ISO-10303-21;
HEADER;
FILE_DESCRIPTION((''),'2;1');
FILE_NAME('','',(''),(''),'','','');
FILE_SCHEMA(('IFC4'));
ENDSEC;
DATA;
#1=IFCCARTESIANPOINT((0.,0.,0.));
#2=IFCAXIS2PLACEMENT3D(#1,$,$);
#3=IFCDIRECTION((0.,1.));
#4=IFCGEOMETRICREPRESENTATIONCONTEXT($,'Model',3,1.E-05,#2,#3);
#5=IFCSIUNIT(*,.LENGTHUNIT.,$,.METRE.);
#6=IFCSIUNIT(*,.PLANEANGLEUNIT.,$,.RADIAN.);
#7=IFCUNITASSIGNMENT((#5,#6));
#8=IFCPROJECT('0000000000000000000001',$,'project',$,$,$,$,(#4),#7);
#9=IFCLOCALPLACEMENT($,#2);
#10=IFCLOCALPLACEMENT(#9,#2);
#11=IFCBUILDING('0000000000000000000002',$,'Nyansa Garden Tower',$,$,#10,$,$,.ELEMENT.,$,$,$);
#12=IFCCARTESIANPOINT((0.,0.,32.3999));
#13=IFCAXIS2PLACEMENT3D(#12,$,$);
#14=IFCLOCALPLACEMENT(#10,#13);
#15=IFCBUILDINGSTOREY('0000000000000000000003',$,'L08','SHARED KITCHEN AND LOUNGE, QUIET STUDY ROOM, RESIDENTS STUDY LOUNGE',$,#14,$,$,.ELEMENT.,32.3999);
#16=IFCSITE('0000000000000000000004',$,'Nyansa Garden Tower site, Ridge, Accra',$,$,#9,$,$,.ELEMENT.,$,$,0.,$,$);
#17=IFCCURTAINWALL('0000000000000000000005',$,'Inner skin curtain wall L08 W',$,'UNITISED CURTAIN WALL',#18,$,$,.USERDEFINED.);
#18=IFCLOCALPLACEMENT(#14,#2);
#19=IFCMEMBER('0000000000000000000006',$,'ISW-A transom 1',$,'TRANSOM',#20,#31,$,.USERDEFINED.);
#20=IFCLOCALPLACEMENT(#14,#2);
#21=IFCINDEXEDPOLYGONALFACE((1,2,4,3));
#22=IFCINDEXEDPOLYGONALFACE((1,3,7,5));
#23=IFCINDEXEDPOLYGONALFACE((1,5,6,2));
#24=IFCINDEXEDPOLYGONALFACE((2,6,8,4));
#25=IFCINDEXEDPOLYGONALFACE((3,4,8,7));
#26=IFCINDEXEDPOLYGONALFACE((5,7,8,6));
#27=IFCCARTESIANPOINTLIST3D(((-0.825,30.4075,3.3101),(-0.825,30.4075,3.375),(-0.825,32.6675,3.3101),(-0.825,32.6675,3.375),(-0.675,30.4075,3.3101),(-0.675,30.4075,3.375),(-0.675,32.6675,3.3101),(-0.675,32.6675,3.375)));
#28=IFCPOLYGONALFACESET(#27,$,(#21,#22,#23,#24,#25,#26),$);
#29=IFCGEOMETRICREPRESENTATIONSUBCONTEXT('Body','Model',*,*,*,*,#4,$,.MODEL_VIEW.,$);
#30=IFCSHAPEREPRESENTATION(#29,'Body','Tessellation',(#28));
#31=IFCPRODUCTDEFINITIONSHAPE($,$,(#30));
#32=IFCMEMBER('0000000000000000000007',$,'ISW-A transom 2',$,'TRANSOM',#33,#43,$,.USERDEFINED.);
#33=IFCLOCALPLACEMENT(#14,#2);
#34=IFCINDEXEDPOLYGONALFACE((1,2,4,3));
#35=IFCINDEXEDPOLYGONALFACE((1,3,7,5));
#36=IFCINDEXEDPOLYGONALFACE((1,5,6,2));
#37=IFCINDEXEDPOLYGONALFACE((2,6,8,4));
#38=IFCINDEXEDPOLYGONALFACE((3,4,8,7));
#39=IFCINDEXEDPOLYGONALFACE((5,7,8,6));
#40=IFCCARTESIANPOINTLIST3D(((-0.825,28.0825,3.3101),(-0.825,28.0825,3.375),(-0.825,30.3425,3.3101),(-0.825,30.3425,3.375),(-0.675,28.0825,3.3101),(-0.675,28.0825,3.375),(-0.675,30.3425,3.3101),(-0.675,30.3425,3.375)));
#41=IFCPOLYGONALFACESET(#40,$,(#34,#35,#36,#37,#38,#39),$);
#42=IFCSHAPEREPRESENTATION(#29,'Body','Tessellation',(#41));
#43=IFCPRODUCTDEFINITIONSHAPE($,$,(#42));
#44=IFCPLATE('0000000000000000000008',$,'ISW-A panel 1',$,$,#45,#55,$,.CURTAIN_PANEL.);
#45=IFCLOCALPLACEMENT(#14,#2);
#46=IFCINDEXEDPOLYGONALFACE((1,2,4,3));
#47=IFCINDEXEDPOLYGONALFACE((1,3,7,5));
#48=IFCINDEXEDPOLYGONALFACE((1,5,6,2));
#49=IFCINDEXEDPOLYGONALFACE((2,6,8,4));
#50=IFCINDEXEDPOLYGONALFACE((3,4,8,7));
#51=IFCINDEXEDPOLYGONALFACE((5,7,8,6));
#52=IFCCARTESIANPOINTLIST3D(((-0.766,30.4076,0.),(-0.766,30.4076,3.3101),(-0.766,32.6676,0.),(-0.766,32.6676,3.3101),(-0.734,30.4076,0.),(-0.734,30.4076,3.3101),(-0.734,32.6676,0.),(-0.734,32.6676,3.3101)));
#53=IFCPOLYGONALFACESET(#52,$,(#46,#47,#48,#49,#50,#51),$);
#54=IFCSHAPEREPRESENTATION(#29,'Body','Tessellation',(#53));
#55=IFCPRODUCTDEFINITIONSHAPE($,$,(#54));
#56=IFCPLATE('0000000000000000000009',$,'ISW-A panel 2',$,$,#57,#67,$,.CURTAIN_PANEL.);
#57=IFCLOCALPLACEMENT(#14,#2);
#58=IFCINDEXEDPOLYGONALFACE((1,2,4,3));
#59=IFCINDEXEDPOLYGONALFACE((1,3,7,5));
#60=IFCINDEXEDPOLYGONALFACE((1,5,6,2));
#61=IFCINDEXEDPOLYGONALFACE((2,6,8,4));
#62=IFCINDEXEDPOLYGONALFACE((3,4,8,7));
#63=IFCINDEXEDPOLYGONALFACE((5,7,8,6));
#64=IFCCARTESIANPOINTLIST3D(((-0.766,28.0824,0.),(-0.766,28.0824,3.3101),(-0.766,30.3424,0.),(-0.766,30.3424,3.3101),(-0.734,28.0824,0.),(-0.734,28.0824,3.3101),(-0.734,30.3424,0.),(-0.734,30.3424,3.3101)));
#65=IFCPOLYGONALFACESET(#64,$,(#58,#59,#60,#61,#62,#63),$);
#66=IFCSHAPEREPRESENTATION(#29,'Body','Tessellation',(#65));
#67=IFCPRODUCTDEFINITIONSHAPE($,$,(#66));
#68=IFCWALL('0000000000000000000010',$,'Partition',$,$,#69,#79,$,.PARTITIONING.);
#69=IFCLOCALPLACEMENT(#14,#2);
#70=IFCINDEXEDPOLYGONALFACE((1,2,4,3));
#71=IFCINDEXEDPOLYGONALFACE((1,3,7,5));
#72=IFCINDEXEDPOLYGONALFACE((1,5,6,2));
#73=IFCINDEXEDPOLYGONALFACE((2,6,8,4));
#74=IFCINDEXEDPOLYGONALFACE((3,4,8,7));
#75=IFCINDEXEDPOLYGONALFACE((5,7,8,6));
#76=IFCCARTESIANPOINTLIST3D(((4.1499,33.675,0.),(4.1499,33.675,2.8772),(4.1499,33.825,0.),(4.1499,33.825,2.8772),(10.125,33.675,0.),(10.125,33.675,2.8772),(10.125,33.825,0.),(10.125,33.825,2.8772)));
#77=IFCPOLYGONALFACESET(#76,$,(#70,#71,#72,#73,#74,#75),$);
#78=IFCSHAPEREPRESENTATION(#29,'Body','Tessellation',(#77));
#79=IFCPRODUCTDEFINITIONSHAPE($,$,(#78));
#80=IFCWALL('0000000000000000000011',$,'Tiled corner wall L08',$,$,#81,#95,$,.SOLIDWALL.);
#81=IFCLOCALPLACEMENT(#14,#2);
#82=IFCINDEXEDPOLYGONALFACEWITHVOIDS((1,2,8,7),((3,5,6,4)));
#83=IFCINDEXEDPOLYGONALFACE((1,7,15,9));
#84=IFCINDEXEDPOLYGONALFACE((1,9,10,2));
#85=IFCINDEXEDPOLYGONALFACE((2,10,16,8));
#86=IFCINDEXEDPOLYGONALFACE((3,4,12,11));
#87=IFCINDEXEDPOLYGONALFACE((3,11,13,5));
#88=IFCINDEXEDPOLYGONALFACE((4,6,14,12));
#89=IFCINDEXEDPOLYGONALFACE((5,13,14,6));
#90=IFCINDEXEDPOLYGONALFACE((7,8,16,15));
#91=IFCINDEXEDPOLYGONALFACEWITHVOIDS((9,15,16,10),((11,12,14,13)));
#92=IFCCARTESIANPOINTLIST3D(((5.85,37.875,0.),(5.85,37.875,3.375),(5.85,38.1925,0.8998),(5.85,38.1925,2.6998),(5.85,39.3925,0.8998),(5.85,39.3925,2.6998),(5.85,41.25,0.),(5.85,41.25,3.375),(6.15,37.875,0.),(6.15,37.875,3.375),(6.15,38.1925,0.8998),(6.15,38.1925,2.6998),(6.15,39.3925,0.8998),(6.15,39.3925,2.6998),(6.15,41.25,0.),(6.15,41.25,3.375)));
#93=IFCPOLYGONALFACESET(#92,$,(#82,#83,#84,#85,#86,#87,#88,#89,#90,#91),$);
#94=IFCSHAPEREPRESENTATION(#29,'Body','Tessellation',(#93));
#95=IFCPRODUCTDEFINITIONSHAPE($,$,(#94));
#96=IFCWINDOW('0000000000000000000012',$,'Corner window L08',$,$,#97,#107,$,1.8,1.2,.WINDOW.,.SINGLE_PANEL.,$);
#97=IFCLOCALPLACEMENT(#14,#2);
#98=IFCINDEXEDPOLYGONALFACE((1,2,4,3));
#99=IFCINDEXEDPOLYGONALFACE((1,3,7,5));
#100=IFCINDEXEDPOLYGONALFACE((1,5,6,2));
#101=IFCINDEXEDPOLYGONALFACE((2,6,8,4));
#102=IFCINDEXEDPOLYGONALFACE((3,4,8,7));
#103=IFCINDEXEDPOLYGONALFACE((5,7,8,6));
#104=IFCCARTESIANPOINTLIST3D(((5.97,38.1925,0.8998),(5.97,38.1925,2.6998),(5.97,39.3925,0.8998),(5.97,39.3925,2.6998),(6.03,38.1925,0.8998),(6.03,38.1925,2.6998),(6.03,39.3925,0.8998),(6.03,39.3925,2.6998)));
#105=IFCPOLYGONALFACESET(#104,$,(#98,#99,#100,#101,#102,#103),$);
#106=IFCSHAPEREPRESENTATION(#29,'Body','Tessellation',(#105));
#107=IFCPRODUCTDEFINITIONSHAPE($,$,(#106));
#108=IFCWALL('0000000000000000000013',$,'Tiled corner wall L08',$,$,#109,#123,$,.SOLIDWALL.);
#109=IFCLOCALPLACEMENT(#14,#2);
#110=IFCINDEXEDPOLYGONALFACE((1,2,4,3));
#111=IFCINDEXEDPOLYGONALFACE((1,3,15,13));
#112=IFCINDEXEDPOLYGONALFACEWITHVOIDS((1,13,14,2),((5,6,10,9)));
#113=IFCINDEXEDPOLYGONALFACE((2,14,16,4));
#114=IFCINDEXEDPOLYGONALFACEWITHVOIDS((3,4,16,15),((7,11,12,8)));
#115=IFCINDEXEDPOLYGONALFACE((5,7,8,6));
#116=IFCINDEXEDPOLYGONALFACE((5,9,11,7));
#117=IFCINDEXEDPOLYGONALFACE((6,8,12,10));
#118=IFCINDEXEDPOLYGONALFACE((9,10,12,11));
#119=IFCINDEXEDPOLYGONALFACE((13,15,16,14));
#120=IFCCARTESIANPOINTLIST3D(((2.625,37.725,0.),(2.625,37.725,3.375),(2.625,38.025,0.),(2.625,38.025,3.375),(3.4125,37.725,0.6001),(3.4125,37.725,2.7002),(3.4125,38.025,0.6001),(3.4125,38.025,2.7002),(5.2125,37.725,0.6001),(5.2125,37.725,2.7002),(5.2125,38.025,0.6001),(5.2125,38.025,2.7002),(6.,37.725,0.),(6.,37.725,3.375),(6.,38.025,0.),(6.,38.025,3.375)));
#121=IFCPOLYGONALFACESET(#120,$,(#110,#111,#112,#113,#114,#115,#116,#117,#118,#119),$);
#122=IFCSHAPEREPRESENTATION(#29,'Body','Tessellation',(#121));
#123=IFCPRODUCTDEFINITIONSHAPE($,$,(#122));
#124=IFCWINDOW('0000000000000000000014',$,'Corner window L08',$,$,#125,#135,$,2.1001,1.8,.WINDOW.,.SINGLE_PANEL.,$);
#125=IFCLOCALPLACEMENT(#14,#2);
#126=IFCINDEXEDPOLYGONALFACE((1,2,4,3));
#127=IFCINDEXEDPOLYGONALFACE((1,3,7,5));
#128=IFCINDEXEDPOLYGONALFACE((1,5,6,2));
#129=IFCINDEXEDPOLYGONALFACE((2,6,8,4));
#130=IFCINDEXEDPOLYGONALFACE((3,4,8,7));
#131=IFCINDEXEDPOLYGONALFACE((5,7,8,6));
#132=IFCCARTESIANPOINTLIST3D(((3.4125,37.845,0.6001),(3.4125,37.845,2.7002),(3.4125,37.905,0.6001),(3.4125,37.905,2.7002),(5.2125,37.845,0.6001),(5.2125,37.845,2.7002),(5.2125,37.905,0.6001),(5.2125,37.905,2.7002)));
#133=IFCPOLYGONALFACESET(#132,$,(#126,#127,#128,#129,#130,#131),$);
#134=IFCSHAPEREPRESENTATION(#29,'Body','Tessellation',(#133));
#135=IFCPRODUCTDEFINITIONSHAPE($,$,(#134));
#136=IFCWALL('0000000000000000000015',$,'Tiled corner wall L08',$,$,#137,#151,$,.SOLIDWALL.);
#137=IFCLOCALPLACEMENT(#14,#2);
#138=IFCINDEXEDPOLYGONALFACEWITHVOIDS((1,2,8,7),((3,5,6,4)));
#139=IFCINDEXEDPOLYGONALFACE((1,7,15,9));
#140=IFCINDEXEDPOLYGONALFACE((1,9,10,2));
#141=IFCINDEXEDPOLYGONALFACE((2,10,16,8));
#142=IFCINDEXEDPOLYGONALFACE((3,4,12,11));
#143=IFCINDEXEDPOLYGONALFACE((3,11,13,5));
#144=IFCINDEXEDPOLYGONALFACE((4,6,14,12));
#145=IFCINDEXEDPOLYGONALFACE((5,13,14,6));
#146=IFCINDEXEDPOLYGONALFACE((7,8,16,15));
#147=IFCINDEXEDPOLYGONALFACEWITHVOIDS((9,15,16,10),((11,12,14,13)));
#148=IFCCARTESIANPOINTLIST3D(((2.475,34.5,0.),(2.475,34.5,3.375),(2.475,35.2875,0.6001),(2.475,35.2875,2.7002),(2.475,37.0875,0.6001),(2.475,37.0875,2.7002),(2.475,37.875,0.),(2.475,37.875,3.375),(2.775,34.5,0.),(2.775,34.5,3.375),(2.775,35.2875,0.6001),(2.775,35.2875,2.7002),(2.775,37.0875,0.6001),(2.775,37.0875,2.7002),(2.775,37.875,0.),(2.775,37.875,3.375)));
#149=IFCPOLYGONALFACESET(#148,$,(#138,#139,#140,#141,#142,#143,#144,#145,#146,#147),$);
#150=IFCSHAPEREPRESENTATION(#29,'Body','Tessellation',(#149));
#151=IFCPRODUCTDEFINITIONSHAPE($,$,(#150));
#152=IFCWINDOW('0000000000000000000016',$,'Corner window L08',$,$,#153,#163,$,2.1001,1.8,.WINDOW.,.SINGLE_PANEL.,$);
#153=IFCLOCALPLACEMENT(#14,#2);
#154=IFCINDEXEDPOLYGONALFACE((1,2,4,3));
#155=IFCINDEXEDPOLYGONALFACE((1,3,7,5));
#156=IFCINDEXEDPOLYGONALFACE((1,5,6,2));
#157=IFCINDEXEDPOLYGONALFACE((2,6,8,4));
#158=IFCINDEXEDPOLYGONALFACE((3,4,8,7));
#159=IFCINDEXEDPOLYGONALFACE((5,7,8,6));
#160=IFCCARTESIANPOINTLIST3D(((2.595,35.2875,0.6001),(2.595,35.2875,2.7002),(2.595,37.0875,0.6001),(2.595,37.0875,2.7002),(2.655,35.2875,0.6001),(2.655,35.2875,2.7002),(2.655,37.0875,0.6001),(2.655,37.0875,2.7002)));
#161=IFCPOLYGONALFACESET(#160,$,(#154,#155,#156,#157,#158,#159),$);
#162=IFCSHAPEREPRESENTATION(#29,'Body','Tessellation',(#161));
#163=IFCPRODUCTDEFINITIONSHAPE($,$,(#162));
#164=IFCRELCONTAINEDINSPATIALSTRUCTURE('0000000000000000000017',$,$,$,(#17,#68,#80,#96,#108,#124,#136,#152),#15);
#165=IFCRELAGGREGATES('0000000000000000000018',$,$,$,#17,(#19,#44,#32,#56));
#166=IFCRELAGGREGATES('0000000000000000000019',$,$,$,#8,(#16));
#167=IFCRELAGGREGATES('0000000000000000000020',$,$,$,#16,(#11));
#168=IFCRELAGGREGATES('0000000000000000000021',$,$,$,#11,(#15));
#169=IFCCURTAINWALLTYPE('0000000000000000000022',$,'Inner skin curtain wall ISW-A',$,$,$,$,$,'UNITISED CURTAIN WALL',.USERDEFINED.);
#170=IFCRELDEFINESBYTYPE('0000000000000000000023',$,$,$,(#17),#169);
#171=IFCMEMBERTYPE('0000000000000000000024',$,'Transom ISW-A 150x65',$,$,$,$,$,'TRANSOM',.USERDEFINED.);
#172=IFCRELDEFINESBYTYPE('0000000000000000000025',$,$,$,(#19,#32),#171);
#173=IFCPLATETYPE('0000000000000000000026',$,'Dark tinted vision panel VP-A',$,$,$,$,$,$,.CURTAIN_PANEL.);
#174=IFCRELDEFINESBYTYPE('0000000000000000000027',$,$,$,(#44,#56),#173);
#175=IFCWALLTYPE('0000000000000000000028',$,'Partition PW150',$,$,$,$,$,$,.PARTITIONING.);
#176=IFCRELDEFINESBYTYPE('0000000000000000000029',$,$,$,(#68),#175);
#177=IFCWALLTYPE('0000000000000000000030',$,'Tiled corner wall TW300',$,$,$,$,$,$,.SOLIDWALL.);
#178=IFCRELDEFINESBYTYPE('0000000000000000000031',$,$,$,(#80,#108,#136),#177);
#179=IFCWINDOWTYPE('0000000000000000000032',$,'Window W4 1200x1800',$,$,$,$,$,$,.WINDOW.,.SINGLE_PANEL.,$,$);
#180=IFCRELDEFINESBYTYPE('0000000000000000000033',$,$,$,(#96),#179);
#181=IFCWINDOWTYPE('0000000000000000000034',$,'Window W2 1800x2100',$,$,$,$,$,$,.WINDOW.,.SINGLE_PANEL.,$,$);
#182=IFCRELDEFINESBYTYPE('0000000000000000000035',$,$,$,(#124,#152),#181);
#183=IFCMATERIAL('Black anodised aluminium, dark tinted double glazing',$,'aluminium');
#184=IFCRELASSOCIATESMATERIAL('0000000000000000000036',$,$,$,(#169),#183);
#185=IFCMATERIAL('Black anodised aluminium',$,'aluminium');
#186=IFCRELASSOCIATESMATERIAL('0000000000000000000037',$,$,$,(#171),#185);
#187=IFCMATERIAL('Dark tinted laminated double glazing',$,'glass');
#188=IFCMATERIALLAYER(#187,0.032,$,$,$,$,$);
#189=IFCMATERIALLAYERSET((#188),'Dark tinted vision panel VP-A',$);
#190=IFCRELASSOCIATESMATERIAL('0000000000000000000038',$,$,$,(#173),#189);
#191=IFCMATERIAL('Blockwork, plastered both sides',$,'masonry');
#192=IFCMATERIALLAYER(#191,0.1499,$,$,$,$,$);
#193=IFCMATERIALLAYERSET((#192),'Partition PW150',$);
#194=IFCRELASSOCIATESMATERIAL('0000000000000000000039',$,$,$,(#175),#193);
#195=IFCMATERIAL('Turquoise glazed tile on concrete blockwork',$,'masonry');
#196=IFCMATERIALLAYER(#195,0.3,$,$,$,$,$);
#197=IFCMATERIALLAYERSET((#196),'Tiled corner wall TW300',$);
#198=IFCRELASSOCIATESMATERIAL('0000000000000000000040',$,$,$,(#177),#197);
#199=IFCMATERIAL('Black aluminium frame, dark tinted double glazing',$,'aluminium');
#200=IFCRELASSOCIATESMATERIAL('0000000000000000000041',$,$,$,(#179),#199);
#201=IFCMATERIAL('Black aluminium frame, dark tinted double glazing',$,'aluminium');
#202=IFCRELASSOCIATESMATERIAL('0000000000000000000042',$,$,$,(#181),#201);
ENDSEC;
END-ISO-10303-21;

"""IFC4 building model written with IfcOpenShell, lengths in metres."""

from ifc_helpers import new_model, si_unit, direction, frame, frame_2d, origin, origin_2d, place, context, subcontext, project, spatial, rectangle, extrude, material, layer, layer_set, material_profile, profile_set, type_object, element, fill, aggregate, save


model = new_model("IFC4")

# Units and contexts
model_context = context("Model", 3, precision=1e-05, world=origin(), true_north=direction((0.0, 1.0)))
body_context = subcontext(model_context, "Body", "Model", "MODEL_VIEW")
ifc_project = project(units=[si_unit("LENGTHUNIT", "METRE"), si_unit("PLANEANGLEUNIT", "RADIAN")], contexts=[model_context])

# Site, building, storey
site_placement = place(None, origin())
site = spatial("IfcSite", under=ifc_project, at=site_placement, Name="Nyansa Garden Tower site, Ridge, Accra", CompositionType="ELEMENT", RefElevation=0.0)
building_placement = place(site_placement, origin())
building = spatial("IfcBuilding", under=site, at=building_placement, Name="Nyansa Garden Tower", CompositionType="ELEMENT")
storey_placement = place(building_placement, frame((0.0, 0.0, 32.3999)))
storey = spatial("IfcBuildingStorey", under=building, at=storey_placement, Name="L08", Description="SHARED KITCHEN AND LOUNGE, QUIET STUDY ROOM, RESIDENTS STUDY LOUNGE", CompositionType="ELEMENT", Elevation=32.3999)

# Curtain wall
ifc_material_1 = material(Name="Black anodised aluminium, dark tinted double glazing", Category="aluminium")
curtain_wall_type = type_object("IfcCurtainWallType", Name="Inner skin curtain wall ISW-A", ElementType="UNITISED CURTAIN WALL", PredefinedType="USERDEFINED", material=ifc_material_1)
curtain_wall_placement = place(storey_placement, origin())
curtain_wall = element("IfcCurtainWall", 1, at=curtain_wall_placement, inside=storey, type_object=curtain_wall_type, Name="Inner skin curtain wall L08 W", ObjectType="UNITISED CURTAIN WALL", PredefinedType="USERDEFINED")

# Members
ifc_material_2 = material(Name="Black anodised aluminium", Category="aluminium")
ifc_material_profile_1 = material_profile(ifc_material_2, rectangle(XDim=0.1499, YDim=0.0649, at=origin_2d()), Name="Transom 150x65")
ifc_profile_set_1 = profile_set([ifc_material_profile_1], Name="Black anodised aluminium")
member_type_1 = type_object("IfcMemberType", Name="Transom ISW-A 150x65", ElementType="TRANSOM", PredefinedType="USERDEFINED", material=ifc_profile_set_1)
member_1_placement = place(storey_placement, frame((-0.75, 32.6675, 3.3425), z_axis=(0.0, -1.0, 0.0), x_axis=(1.0, 0.0, 0.0)))
member_1 = element("IfcMember", 2, at=member_1_placement, type_object=member_type_1, Name="ISW-A transom 1", ObjectType="TRANSOM", PredefinedType="USERDEFINED", context=body_context, shape_type="SweptSolid", body=[
    extrude(rectangle(XDim=0.1499, YDim=0.0649, at=origin_2d()), origin(), (0.0, 0.0, 1.0), 2.26),
])
member_2_placement = place(storey_placement, frame((-0.75, 30.3425, 3.3425), z_axis=(0.0, -1.0, 0.0), x_axis=(1.0, 0.0, 0.0)))
member_2 = element("IfcMember", 3, at=member_2_placement, type_object=member_type_1, Name="ISW-A transom 2", ObjectType="TRANSOM", PredefinedType="USERDEFINED", context=body_context, shape_type="SweptSolid", body=[
    extrude(rectangle(XDim=0.1499, YDim=0.0649, at=origin_2d()), origin(), (0.0, 0.0, 1.0), 2.26),
])

# Plates
ifc_material_3 = material(Name="Dark tinted laminated double glazing", Category="glass")
ifc_layer_1 = layer(ifc_material_3, 0.032)
ifc_layer_set_1 = layer_set([ifc_layer_1], Name="Dark tinted vision panel VP-A")
plate_type = type_object("IfcPlateType", Name="Dark tinted vision panel VP-A", PredefinedType="CURTAIN_PANEL", material=ifc_layer_set_1)
plate_1_placement = place(storey_placement, frame((-0.75, 31.5376, 0.0), z_axis=(0.0, 0.0, 1.0), x_axis=(0.0, -1.0, 0.0)))
plate_1 = element("IfcPlate", 4, at=plate_1_placement, type_object=plate_type, Name="ISW-A panel 1", PredefinedType="CURTAIN_PANEL", context=body_context, shape_type="SweptSolid", body=[
    extrude(rectangle(XDim=2.26, YDim=0.032, at=origin_2d()), origin(), (0.0, 0.0, 1.0), 3.3101),
])
plate_2_placement = place(storey_placement, frame((-0.75, 29.2124, 0.0), z_axis=(0.0, 0.0, 1.0), x_axis=(0.0, -1.0, 0.0)))
plate_2 = element("IfcPlate", 5, at=plate_2_placement, type_object=plate_type, Name="ISW-A panel 2", PredefinedType="CURTAIN_PANEL", context=body_context, shape_type="SweptSolid", body=[
    extrude(rectangle(XDim=2.26, YDim=0.032, at=origin_2d()), origin(), (0.0, 0.0, 1.0), 3.3101),
])
aggregate(curtain_wall, [member_1, plate_1, member_2, plate_2])

# Wall
ifc_material_4 = material(Name="Blockwork, plastered both sides", Category="masonry")
ifc_layer_2 = layer(ifc_material_4, 0.1499)
ifc_layer_set_2 = layer_set([ifc_layer_2], Name="Partition PW150")
wall_type_1 = type_object("IfcWallType", Name="Partition PW150", PredefinedType="PARTITIONING", material=ifc_layer_set_2)
wall_1_placement = place(storey_placement, frame((4.1499, 33.75, 0.0), z_axis=(0.0, 0.0, 1.0), x_axis=(1.0, 0.0, 0.0)))
element("IfcWall", 6, at=wall_1_placement, inside=storey, type_object=wall_type_1, Name="Partition", PredefinedType="PARTITIONING", context=body_context, shape_type="SweptSolid", body=[
    extrude(rectangle(XDim=5.9751, YDim=0.1499, at=frame_2d((2.9875, 0.0))), origin(), (0.0, 0.0, 1.0), 2.8772),
])

# Walls, openings, windows
ifc_material_5 = material(Name="Turquoise glazed tile on concrete blockwork", Category="masonry")
ifc_layer_3 = layer(ifc_material_5, 0.3)
ifc_layer_set_3 = layer_set([ifc_layer_3], Name="Tiled corner wall TW300")
wall_type_2 = type_object("IfcWallType", Name="Tiled corner wall TW300", PredefinedType="SOLIDWALL", material=ifc_layer_set_3)
wall_2_placement = place(storey_placement, frame((6.0, 41.25, 0.0), z_axis=(0.0, 0.0, 1.0), x_axis=(0.0, -1.0, 0.0)))
wall_2 = element("IfcWall", 7, at=wall_2_placement, inside=storey, type_object=wall_type_2, Name="Tiled corner wall L08", PredefinedType="SOLIDWALL", context=body_context, shape_type="SweptSolid", body=[
    extrude(rectangle(XDim=3.375, YDim=0.3, at=frame_2d((1.6875, 0.0))), origin(), (0.0, 0.0, 1.0), 3.375),
])
opening_1_placement = place(wall_2_placement, frame((1.8574, 0.0, 0.8999)))
opening_1 = element("IfcOpeningElement", 8, at=opening_1_placement, cuts=wall_2, PredefinedType="OPENING", context=body_context, shape_type="SweptSolid", body=[
    extrude(rectangle(XDim=1.2, YDim=1.8, at=frame_2d((0.6001, 0.8999))), frame((0.0, 0.1599, 0.0), z_axis=(0.0, -1.0, 0.0), x_axis=(1.0, 0.0, 0.0)), (0.0, 0.0, 1.0), 0.3201),
])
ifc_material_6 = material(Name="Black aluminium frame, dark tinted double glazing", Category="aluminium")
window_type_1 = type_object("IfcWindowType", Name="Window W4 1200x1800", PartitioningType="SINGLE_PANEL", PredefinedType="WINDOW", material=ifc_material_6)
window_1_placement = place(opening_1_placement, origin())
window_1 = element("IfcWindow", 9, at=window_1_placement, inside=storey, type_object=window_type_1, Name="Corner window L08", OverallHeight=1.8, OverallWidth=1.2, PartitioningType="SINGLE_PANEL", PredefinedType="WINDOW", context=body_context, shape_type="SweptSolid", body=[
    extrude(rectangle(XDim=1.2, YDim=1.8, at=frame_2d((0.6001, 0.8999))), frame((0.0, 0.03, 0.0), z_axis=(0.0, -1.0, 0.0), x_axis=(1.0, 0.0, 0.0)), (0.0, 0.0, 1.0), 0.0601),
])
fill(opening_1, window_1)
wall_3_placement = place(storey_placement, frame((6.0, 37.875, 0.0), z_axis=(0.0, 0.0, 1.0), x_axis=(-1.0, 0.0, 0.0)))
wall_3 = element("IfcWall", 10, at=wall_3_placement, inside=storey, type_object=wall_type_2, Name="Tiled corner wall L08", PredefinedType="SOLIDWALL", context=body_context, shape_type="SweptSolid", body=[
    extrude(rectangle(XDim=3.375, YDim=0.3, at=frame_2d((1.6875, 0.0))), origin(), (0.0, 0.0, 1.0), 3.375),
])
opening_2_placement = place(wall_3_placement, frame((0.7876, 0.0, 0.6001)))
opening_2 = element("IfcOpeningElement", 11, at=opening_2_placement, cuts=wall_3, PredefinedType="OPENING", context=body_context, shape_type="SweptSolid", body=[
    extrude(rectangle(XDim=1.8, YDim=2.1001, at=frame_2d((0.8999, 1.05))), frame((0.0, 0.1599, 0.0), z_axis=(0.0, -1.0, 0.0), x_axis=(1.0, 0.0, 0.0)), (0.0, 0.0, 1.0), 0.3201),
])
ifc_material_7 = material(Name="Black aluminium frame, dark tinted double glazing", Category="aluminium")
window_type_2 = type_object("IfcWindowType", Name="Window W2 1800x2100", PartitioningType="SINGLE_PANEL", PredefinedType="WINDOW", material=ifc_material_7)
window_2_placement = place(opening_2_placement, origin())
window_2 = element("IfcWindow", 12, at=window_2_placement, inside=storey, type_object=window_type_2, Name="Corner window L08", OverallHeight=2.1001, OverallWidth=1.8, PartitioningType="SINGLE_PANEL", PredefinedType="WINDOW", context=body_context, shape_type="SweptSolid", body=[
    extrude(rectangle(XDim=1.8, YDim=2.1001, at=frame_2d((0.8999, 1.05))), frame((0.0, 0.03, 0.0), z_axis=(0.0, -1.0, 0.0), x_axis=(1.0, 0.0, 0.0)), (0.0, 0.0, 1.0), 0.0601),
])
fill(opening_2, window_2)
wall_4_placement = place(storey_placement, frame((2.625, 37.875, 0.0), z_axis=(0.0, 0.0, 1.0), x_axis=(0.0, -1.0, 0.0)))
wall_4 = element("IfcWall", 13, at=wall_4_placement, inside=storey, type_object=wall_type_2, Name="Tiled corner wall L08", PredefinedType="SOLIDWALL", context=body_context, shape_type="SweptSolid", body=[
    extrude(rectangle(XDim=3.375, YDim=0.3, at=frame_2d((1.6875, 0.0))), origin(), (0.0, 0.0, 1.0), 3.375),
])
opening_3_placement = place(wall_4_placement, frame((0.7876, 0.0, 0.6001)))
opening_3 = element("IfcOpeningElement", 14, at=opening_3_placement, cuts=wall_4, PredefinedType="OPENING", context=body_context, shape_type="SweptSolid", body=[
    extrude(rectangle(XDim=1.8, YDim=2.1001, at=frame_2d((0.8999, 1.05))), frame((0.0, 0.1599, 0.0), z_axis=(0.0, -1.0, 0.0), x_axis=(1.0, 0.0, 0.0)), (0.0, 0.0, 1.0), 0.3201),
])
window_3_placement = place(opening_3_placement, origin())
window_3 = element("IfcWindow", 15, at=window_3_placement, inside=storey, type_object=window_type_2, Name="Corner window L08", OverallHeight=2.1001, OverallWidth=1.8, PartitioningType="SINGLE_PANEL", PredefinedType="WINDOW", context=body_context, shape_type="SweptSolid", body=[
    extrude(rectangle(XDim=1.8, YDim=2.1001, at=frame_2d((0.8999, 1.05))), frame((0.0, 0.03, 0.0), z_axis=(0.0, -1.0, 0.0), x_axis=(1.0, 0.0, 0.0)), (0.0, 0.0, 1.0), 0.0601),
])
fill(opening_3, window_3)

save(model, "model.ifc")
